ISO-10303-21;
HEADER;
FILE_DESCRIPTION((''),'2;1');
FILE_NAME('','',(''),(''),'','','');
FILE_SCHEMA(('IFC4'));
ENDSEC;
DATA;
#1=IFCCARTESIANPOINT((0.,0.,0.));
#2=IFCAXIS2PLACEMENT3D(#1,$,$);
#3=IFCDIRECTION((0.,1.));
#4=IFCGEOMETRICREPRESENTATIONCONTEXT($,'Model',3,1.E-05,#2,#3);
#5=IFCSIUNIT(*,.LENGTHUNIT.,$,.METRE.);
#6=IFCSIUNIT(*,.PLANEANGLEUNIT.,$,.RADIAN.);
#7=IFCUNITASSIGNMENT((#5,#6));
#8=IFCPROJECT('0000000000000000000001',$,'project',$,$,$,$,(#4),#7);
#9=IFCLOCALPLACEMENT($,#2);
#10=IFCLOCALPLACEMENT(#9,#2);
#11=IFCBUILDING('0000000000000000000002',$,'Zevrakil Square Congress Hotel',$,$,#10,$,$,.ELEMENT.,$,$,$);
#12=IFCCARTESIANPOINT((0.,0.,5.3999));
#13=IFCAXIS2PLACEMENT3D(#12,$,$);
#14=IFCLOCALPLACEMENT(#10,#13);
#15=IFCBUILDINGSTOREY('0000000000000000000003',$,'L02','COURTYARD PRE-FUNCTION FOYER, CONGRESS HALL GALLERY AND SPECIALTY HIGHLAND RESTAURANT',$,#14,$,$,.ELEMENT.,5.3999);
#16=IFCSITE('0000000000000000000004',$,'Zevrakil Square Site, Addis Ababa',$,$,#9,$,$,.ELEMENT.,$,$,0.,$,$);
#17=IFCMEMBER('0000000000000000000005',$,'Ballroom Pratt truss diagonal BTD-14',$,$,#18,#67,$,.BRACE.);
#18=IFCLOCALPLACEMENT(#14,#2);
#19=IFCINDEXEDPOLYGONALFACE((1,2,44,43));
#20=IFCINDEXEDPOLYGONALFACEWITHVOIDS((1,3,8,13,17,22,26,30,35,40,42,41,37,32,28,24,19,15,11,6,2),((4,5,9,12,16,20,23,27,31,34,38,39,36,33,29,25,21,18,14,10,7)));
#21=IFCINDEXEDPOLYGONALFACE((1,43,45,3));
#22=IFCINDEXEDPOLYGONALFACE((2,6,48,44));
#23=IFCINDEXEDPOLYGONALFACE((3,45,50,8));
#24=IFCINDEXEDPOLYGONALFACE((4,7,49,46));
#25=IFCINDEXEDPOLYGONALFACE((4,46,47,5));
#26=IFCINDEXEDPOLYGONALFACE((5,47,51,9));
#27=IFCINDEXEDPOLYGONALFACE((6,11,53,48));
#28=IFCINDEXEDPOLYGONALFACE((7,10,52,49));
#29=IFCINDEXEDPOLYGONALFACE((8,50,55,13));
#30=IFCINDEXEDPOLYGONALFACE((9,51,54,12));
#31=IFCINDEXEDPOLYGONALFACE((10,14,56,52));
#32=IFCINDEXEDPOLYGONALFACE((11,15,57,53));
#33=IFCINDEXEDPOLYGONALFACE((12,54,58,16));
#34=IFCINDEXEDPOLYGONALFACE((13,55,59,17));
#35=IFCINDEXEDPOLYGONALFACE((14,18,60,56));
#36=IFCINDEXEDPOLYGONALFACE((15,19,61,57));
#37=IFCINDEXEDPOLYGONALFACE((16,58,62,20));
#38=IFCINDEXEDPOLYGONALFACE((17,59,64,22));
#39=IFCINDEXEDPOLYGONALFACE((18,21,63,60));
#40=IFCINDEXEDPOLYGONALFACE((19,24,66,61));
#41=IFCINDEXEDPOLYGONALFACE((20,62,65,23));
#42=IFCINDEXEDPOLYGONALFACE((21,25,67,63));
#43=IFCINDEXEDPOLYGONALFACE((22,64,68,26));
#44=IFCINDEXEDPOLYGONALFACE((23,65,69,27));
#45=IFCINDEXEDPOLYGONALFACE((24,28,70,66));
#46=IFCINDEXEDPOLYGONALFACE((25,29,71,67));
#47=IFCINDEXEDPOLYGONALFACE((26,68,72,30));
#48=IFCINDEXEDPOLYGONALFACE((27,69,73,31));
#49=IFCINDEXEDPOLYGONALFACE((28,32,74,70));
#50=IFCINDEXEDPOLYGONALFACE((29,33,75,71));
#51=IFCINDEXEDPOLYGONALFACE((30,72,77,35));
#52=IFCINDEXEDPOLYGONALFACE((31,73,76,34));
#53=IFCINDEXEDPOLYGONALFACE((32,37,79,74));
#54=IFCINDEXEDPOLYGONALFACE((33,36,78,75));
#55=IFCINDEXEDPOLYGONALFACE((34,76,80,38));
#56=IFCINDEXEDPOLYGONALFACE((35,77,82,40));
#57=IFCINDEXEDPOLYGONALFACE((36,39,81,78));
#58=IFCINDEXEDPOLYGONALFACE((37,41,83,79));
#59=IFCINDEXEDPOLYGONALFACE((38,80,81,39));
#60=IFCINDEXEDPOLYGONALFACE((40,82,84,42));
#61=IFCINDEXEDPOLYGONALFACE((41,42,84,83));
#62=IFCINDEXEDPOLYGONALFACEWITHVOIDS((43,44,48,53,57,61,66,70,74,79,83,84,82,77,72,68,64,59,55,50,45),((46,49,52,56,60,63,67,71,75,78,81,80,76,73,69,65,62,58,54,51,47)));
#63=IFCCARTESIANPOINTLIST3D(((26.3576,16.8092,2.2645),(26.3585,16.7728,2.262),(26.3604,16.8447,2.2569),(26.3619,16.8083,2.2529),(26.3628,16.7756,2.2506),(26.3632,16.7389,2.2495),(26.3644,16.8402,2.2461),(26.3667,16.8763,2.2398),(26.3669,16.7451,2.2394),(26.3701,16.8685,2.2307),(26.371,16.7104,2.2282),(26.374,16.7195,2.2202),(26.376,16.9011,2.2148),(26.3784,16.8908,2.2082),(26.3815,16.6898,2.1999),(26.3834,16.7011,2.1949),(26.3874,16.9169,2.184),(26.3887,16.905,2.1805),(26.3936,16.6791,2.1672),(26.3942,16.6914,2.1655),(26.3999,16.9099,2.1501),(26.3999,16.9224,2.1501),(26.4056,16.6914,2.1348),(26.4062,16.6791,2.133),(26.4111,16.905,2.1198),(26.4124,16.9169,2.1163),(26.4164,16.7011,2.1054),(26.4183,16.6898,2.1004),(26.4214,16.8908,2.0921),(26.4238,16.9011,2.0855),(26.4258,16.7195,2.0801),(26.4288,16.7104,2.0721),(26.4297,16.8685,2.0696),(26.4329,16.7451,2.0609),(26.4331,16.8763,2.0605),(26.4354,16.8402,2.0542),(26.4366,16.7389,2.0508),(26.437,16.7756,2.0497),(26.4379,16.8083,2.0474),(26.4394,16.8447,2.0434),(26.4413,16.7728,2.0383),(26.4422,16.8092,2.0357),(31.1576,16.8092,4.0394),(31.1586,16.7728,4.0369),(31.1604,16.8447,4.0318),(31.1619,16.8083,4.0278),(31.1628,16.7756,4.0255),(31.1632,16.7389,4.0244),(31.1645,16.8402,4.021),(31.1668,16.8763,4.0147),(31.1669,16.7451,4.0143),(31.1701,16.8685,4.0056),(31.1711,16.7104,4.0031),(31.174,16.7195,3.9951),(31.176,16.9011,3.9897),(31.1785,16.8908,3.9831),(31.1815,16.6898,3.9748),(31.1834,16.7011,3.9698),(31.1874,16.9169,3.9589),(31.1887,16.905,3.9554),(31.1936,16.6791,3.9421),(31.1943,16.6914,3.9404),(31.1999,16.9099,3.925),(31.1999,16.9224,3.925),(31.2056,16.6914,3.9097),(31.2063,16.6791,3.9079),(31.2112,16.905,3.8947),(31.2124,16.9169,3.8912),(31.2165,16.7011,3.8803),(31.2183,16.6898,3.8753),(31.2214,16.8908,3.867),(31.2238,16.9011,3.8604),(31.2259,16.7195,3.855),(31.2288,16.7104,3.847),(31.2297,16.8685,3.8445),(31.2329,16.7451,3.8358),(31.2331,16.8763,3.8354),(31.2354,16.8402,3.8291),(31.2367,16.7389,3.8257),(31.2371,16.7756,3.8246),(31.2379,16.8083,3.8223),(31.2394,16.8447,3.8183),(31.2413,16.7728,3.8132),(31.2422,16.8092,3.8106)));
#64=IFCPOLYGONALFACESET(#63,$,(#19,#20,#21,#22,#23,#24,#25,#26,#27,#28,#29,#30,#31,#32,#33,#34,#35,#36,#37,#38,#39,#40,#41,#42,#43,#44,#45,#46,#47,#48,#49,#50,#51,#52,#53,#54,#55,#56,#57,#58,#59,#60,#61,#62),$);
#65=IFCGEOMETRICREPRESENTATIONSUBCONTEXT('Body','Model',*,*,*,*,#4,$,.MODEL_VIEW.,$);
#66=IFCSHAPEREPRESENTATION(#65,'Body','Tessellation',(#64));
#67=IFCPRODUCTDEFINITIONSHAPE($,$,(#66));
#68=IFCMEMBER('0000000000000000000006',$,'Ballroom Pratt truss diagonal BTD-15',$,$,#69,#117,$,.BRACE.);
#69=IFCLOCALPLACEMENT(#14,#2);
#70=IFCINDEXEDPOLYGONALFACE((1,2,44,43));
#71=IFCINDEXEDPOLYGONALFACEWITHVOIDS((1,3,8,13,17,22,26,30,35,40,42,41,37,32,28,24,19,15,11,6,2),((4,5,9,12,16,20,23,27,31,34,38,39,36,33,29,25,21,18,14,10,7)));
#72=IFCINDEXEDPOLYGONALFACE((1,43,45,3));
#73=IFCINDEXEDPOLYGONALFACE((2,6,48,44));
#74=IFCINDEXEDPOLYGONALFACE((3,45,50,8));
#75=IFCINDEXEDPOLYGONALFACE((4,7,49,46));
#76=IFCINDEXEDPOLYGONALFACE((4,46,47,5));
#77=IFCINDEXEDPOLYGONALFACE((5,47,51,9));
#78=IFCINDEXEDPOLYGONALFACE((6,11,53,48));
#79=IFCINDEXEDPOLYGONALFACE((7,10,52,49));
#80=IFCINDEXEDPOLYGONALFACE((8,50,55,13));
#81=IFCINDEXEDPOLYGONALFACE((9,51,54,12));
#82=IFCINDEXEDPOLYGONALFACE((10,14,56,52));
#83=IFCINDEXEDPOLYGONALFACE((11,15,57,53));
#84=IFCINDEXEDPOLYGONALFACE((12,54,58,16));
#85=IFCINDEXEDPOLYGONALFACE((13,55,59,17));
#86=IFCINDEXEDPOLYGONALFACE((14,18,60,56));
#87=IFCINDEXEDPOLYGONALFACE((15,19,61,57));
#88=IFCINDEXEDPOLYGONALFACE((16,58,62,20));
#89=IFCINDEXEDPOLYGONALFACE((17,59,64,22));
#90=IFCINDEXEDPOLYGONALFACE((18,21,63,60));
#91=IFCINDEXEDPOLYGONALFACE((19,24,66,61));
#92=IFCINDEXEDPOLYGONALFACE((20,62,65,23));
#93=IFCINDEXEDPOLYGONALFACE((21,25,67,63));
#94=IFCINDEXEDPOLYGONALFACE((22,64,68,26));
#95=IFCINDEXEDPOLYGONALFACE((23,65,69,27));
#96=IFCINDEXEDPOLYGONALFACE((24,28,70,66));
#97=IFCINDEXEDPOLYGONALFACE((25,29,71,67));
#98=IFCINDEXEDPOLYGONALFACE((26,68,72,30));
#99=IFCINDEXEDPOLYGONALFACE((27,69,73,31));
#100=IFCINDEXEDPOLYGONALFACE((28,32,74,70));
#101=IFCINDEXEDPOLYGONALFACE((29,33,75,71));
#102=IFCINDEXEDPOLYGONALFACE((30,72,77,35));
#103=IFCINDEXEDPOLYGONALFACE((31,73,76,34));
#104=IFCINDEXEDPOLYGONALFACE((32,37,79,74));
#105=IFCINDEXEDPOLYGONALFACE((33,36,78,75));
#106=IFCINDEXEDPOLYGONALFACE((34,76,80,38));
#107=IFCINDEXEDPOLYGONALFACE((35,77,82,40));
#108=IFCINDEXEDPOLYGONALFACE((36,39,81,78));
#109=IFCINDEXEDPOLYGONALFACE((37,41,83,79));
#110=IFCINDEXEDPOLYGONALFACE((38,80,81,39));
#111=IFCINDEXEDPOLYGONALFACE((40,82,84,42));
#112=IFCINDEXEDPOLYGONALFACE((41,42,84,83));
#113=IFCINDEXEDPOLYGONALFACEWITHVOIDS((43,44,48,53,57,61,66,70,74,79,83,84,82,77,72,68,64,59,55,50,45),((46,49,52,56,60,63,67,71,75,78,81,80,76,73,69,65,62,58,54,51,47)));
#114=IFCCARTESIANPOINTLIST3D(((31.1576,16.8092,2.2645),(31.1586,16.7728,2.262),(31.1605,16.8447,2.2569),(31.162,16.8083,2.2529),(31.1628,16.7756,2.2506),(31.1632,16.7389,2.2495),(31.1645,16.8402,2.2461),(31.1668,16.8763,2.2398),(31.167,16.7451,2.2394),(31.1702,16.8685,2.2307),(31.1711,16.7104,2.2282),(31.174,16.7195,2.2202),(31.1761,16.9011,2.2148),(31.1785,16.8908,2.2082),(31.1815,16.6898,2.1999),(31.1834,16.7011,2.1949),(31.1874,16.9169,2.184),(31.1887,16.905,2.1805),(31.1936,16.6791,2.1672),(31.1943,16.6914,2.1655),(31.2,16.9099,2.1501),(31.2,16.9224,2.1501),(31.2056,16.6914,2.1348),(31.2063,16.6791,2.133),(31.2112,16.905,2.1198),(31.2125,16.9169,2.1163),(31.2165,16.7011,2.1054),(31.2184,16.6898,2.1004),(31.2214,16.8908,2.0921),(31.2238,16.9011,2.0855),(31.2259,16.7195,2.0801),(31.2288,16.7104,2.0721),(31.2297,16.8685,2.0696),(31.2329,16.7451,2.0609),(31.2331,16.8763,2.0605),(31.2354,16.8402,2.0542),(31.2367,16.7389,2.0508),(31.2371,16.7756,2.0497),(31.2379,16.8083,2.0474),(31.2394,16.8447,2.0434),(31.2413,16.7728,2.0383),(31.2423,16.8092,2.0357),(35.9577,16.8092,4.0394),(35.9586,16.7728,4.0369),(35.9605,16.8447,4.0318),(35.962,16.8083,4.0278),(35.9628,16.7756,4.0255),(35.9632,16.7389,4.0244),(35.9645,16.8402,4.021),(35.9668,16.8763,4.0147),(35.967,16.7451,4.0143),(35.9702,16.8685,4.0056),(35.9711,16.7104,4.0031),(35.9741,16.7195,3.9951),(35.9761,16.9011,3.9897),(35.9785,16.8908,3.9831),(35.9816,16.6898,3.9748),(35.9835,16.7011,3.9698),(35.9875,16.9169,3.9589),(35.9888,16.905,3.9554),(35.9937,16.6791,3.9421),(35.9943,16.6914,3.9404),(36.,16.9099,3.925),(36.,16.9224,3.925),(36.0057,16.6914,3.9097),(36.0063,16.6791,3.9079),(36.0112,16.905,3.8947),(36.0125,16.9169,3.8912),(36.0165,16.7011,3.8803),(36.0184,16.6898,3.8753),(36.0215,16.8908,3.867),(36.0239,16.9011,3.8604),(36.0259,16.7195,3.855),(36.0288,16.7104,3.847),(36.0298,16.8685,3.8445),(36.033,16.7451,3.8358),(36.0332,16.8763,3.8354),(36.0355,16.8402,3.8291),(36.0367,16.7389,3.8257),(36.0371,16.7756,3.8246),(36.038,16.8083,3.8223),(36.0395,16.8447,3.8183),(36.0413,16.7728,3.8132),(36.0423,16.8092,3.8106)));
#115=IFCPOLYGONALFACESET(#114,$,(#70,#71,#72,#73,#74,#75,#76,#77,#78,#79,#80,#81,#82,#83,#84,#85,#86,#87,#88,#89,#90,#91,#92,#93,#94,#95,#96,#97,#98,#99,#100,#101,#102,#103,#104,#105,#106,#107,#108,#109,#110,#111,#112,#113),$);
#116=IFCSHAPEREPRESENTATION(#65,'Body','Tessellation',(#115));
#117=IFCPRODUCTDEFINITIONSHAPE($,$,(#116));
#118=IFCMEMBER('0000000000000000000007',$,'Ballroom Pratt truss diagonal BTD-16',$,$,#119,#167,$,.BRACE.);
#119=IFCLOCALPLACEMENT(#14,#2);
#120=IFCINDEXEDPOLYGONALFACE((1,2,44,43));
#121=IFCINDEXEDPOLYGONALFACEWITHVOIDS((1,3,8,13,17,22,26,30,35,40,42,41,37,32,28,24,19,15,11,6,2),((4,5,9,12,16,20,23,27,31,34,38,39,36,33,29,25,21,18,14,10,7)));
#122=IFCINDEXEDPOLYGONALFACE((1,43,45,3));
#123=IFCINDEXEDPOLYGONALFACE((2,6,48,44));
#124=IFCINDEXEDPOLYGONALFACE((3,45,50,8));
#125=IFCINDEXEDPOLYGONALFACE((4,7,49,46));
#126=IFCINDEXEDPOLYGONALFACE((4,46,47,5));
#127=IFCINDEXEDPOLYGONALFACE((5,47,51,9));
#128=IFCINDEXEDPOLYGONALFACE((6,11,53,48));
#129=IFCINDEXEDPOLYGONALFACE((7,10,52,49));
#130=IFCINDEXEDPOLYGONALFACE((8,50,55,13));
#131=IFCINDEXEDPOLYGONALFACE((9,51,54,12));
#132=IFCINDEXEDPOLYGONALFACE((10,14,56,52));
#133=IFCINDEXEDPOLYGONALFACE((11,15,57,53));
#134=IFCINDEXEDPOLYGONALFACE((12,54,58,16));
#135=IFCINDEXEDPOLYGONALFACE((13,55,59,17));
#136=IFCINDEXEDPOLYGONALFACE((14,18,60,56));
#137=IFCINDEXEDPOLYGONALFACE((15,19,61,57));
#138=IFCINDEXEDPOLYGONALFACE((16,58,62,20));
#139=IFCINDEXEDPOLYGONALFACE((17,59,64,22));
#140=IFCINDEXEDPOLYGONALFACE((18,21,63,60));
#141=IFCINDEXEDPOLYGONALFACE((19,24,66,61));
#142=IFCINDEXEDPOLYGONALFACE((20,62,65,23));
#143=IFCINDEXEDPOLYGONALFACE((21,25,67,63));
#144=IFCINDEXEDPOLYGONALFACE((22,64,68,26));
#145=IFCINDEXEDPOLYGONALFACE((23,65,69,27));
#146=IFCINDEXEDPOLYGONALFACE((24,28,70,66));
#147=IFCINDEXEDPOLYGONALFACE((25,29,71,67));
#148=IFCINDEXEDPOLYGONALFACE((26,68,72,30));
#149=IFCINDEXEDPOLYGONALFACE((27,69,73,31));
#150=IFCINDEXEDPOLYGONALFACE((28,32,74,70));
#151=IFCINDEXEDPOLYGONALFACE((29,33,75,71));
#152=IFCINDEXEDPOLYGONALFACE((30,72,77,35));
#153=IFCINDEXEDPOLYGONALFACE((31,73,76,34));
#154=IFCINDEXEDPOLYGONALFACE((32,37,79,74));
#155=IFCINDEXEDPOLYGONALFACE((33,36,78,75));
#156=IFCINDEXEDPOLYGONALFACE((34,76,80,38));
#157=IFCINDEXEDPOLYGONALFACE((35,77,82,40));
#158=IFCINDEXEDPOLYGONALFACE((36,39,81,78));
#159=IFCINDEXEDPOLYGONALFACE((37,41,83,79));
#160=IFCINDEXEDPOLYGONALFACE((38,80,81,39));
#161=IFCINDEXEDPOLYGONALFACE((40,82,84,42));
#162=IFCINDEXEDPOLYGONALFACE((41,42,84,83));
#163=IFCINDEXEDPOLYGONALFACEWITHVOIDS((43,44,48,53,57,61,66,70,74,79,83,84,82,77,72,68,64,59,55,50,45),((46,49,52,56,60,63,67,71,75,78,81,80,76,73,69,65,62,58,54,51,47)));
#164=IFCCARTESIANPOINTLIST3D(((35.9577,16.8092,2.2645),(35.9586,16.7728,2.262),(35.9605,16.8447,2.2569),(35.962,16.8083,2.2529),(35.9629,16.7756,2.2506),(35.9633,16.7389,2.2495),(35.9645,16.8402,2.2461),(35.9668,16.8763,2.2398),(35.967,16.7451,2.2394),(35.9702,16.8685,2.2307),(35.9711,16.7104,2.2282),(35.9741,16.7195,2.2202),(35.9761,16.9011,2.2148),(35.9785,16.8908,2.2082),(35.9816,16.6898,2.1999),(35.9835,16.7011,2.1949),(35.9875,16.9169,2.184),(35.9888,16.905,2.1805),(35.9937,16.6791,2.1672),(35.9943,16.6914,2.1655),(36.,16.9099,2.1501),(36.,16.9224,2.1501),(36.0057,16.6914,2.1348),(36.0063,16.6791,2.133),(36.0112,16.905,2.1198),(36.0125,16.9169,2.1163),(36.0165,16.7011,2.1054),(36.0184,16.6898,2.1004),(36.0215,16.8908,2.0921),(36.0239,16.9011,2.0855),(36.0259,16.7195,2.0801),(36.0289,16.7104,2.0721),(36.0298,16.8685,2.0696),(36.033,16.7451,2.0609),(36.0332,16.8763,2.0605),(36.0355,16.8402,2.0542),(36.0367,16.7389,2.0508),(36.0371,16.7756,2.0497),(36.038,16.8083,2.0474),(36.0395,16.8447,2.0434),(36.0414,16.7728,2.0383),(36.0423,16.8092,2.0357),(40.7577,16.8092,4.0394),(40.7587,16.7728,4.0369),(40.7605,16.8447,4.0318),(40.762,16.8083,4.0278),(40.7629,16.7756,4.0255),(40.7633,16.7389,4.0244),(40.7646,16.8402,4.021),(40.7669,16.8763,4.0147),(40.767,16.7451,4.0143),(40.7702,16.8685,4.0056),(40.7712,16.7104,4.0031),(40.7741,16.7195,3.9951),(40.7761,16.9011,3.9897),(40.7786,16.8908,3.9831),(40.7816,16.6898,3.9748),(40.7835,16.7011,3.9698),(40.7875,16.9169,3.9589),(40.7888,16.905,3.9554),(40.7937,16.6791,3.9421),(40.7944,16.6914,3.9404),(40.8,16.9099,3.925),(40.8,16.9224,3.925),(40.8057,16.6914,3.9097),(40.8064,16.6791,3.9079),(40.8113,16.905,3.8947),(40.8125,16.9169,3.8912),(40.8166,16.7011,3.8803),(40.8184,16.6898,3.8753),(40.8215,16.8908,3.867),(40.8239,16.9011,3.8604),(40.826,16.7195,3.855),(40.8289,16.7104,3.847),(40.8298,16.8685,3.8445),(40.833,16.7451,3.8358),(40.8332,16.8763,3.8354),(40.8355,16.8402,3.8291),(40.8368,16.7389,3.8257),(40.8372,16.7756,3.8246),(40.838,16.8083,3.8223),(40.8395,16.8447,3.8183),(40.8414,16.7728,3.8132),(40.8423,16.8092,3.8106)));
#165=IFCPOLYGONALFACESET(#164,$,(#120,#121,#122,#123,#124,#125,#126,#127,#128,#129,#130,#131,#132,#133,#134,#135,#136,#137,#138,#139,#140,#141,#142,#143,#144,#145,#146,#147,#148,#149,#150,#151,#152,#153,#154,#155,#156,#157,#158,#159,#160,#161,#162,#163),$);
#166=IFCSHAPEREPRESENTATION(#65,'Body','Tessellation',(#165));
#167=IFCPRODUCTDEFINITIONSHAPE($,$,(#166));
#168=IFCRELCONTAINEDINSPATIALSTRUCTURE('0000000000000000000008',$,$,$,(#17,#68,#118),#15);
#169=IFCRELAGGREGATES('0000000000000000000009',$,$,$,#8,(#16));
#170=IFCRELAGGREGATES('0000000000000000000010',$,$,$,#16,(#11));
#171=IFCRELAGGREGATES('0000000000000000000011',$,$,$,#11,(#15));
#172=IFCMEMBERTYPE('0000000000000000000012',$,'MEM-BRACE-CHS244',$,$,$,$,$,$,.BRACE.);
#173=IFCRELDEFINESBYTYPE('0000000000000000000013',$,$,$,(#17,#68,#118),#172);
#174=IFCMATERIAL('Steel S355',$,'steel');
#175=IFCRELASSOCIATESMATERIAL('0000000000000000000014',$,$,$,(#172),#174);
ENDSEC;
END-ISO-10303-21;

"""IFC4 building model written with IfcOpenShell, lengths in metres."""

from ifc_helpers import new_model, si_unit, direction, frame, origin, origin_2d, place, context, subcontext, project, spatial, hollow_circle, extrude, material, material_profile, profile_set, type_object, element, save


model = new_model("IFC4")

# Units and contexts
model_context = context("Model", 3, precision=1e-05, world=origin(), true_north=direction((0.0, 1.0)))
body_context = subcontext(model_context, "Body", "Model", "MODEL_VIEW")
ifc_project = project(units=[si_unit("LENGTHUNIT", "METRE"), si_unit("PLANEANGLEUNIT", "RADIAN")], contexts=[model_context])

# Site, building, storey
site_placement = place(None, origin())
site = spatial("IfcSite", under=ifc_project, at=site_placement, Name="Zevrakil Square Site, Addis Ababa", CompositionType="ELEMENT", RefElevation=0.0)
building_placement = place(site_placement, origin())
building = spatial("IfcBuilding", under=site, at=building_placement, Name="Zevrakil Square Congress Hotel", CompositionType="ELEMENT")
storey_placement = place(building_placement, frame((0.0, 0.0, 5.3999)))
storey = spatial("IfcBuildingStorey", under=building, at=storey_placement, Name="L02", Description="COURTYARD PRE-FUNCTION FOYER, CONGRESS HALL GALLERY AND SPECIALTY HIGHLAND RESTAURANT", CompositionType="ELEMENT", Elevation=5.3999)

# Members
ifc_material_1 = material(Name="Steel S355", Category="steel")
ifc_material_profile_1 = material_profile(ifc_material_1, hollow_circle(Radius=0.1223, WallThickness=0.0125, at=origin_2d()), Name="CHS 244.5x12.5")
ifc_profile_set_1 = profile_set([ifc_material_profile_1], Name="Steel S355")
member_type_1 = type_object("IfcMemberType", Name="MEM-BRACE-CHS244", PredefinedType="BRACE", material=ifc_profile_set_1)
for number, where, z_axis, x_axis, name in (
    (1, (26.3999, 16.8, 2.1501), (0.937933, 0.0, 0.346817), (0.0, 1.0, 0.0), "Ballroom Pratt truss diagonal BTD-14"),
    (2, (31.2, 16.8, 2.1501), (0.937933, 0.0, 0.346817), (0.0, 1.0, 0.0), "Ballroom Pratt truss diagonal BTD-15"),
    (3, (36.0, 16.8, 2.1501), (0.937933, 0.0, 0.346817), (0.0, 1.0, 0.0), "Ballroom Pratt truss diagonal BTD-16"),
):
    element("IfcMember", number, at=place(storey_placement, frame(where, z_axis=z_axis, x_axis=x_axis)), inside=storey, type_object=member_type_1, Name=name, PredefinedType="BRACE", context=body_context, shape_type="SweptSolid", body=[
        extrude(hollow_circle(Radius=0.1223, WallThickness=0.0125, at=origin_2d()), origin(), (0.0, 0.0, 1.0), 5.1177),
    ])

save(model, "model.ifc")
